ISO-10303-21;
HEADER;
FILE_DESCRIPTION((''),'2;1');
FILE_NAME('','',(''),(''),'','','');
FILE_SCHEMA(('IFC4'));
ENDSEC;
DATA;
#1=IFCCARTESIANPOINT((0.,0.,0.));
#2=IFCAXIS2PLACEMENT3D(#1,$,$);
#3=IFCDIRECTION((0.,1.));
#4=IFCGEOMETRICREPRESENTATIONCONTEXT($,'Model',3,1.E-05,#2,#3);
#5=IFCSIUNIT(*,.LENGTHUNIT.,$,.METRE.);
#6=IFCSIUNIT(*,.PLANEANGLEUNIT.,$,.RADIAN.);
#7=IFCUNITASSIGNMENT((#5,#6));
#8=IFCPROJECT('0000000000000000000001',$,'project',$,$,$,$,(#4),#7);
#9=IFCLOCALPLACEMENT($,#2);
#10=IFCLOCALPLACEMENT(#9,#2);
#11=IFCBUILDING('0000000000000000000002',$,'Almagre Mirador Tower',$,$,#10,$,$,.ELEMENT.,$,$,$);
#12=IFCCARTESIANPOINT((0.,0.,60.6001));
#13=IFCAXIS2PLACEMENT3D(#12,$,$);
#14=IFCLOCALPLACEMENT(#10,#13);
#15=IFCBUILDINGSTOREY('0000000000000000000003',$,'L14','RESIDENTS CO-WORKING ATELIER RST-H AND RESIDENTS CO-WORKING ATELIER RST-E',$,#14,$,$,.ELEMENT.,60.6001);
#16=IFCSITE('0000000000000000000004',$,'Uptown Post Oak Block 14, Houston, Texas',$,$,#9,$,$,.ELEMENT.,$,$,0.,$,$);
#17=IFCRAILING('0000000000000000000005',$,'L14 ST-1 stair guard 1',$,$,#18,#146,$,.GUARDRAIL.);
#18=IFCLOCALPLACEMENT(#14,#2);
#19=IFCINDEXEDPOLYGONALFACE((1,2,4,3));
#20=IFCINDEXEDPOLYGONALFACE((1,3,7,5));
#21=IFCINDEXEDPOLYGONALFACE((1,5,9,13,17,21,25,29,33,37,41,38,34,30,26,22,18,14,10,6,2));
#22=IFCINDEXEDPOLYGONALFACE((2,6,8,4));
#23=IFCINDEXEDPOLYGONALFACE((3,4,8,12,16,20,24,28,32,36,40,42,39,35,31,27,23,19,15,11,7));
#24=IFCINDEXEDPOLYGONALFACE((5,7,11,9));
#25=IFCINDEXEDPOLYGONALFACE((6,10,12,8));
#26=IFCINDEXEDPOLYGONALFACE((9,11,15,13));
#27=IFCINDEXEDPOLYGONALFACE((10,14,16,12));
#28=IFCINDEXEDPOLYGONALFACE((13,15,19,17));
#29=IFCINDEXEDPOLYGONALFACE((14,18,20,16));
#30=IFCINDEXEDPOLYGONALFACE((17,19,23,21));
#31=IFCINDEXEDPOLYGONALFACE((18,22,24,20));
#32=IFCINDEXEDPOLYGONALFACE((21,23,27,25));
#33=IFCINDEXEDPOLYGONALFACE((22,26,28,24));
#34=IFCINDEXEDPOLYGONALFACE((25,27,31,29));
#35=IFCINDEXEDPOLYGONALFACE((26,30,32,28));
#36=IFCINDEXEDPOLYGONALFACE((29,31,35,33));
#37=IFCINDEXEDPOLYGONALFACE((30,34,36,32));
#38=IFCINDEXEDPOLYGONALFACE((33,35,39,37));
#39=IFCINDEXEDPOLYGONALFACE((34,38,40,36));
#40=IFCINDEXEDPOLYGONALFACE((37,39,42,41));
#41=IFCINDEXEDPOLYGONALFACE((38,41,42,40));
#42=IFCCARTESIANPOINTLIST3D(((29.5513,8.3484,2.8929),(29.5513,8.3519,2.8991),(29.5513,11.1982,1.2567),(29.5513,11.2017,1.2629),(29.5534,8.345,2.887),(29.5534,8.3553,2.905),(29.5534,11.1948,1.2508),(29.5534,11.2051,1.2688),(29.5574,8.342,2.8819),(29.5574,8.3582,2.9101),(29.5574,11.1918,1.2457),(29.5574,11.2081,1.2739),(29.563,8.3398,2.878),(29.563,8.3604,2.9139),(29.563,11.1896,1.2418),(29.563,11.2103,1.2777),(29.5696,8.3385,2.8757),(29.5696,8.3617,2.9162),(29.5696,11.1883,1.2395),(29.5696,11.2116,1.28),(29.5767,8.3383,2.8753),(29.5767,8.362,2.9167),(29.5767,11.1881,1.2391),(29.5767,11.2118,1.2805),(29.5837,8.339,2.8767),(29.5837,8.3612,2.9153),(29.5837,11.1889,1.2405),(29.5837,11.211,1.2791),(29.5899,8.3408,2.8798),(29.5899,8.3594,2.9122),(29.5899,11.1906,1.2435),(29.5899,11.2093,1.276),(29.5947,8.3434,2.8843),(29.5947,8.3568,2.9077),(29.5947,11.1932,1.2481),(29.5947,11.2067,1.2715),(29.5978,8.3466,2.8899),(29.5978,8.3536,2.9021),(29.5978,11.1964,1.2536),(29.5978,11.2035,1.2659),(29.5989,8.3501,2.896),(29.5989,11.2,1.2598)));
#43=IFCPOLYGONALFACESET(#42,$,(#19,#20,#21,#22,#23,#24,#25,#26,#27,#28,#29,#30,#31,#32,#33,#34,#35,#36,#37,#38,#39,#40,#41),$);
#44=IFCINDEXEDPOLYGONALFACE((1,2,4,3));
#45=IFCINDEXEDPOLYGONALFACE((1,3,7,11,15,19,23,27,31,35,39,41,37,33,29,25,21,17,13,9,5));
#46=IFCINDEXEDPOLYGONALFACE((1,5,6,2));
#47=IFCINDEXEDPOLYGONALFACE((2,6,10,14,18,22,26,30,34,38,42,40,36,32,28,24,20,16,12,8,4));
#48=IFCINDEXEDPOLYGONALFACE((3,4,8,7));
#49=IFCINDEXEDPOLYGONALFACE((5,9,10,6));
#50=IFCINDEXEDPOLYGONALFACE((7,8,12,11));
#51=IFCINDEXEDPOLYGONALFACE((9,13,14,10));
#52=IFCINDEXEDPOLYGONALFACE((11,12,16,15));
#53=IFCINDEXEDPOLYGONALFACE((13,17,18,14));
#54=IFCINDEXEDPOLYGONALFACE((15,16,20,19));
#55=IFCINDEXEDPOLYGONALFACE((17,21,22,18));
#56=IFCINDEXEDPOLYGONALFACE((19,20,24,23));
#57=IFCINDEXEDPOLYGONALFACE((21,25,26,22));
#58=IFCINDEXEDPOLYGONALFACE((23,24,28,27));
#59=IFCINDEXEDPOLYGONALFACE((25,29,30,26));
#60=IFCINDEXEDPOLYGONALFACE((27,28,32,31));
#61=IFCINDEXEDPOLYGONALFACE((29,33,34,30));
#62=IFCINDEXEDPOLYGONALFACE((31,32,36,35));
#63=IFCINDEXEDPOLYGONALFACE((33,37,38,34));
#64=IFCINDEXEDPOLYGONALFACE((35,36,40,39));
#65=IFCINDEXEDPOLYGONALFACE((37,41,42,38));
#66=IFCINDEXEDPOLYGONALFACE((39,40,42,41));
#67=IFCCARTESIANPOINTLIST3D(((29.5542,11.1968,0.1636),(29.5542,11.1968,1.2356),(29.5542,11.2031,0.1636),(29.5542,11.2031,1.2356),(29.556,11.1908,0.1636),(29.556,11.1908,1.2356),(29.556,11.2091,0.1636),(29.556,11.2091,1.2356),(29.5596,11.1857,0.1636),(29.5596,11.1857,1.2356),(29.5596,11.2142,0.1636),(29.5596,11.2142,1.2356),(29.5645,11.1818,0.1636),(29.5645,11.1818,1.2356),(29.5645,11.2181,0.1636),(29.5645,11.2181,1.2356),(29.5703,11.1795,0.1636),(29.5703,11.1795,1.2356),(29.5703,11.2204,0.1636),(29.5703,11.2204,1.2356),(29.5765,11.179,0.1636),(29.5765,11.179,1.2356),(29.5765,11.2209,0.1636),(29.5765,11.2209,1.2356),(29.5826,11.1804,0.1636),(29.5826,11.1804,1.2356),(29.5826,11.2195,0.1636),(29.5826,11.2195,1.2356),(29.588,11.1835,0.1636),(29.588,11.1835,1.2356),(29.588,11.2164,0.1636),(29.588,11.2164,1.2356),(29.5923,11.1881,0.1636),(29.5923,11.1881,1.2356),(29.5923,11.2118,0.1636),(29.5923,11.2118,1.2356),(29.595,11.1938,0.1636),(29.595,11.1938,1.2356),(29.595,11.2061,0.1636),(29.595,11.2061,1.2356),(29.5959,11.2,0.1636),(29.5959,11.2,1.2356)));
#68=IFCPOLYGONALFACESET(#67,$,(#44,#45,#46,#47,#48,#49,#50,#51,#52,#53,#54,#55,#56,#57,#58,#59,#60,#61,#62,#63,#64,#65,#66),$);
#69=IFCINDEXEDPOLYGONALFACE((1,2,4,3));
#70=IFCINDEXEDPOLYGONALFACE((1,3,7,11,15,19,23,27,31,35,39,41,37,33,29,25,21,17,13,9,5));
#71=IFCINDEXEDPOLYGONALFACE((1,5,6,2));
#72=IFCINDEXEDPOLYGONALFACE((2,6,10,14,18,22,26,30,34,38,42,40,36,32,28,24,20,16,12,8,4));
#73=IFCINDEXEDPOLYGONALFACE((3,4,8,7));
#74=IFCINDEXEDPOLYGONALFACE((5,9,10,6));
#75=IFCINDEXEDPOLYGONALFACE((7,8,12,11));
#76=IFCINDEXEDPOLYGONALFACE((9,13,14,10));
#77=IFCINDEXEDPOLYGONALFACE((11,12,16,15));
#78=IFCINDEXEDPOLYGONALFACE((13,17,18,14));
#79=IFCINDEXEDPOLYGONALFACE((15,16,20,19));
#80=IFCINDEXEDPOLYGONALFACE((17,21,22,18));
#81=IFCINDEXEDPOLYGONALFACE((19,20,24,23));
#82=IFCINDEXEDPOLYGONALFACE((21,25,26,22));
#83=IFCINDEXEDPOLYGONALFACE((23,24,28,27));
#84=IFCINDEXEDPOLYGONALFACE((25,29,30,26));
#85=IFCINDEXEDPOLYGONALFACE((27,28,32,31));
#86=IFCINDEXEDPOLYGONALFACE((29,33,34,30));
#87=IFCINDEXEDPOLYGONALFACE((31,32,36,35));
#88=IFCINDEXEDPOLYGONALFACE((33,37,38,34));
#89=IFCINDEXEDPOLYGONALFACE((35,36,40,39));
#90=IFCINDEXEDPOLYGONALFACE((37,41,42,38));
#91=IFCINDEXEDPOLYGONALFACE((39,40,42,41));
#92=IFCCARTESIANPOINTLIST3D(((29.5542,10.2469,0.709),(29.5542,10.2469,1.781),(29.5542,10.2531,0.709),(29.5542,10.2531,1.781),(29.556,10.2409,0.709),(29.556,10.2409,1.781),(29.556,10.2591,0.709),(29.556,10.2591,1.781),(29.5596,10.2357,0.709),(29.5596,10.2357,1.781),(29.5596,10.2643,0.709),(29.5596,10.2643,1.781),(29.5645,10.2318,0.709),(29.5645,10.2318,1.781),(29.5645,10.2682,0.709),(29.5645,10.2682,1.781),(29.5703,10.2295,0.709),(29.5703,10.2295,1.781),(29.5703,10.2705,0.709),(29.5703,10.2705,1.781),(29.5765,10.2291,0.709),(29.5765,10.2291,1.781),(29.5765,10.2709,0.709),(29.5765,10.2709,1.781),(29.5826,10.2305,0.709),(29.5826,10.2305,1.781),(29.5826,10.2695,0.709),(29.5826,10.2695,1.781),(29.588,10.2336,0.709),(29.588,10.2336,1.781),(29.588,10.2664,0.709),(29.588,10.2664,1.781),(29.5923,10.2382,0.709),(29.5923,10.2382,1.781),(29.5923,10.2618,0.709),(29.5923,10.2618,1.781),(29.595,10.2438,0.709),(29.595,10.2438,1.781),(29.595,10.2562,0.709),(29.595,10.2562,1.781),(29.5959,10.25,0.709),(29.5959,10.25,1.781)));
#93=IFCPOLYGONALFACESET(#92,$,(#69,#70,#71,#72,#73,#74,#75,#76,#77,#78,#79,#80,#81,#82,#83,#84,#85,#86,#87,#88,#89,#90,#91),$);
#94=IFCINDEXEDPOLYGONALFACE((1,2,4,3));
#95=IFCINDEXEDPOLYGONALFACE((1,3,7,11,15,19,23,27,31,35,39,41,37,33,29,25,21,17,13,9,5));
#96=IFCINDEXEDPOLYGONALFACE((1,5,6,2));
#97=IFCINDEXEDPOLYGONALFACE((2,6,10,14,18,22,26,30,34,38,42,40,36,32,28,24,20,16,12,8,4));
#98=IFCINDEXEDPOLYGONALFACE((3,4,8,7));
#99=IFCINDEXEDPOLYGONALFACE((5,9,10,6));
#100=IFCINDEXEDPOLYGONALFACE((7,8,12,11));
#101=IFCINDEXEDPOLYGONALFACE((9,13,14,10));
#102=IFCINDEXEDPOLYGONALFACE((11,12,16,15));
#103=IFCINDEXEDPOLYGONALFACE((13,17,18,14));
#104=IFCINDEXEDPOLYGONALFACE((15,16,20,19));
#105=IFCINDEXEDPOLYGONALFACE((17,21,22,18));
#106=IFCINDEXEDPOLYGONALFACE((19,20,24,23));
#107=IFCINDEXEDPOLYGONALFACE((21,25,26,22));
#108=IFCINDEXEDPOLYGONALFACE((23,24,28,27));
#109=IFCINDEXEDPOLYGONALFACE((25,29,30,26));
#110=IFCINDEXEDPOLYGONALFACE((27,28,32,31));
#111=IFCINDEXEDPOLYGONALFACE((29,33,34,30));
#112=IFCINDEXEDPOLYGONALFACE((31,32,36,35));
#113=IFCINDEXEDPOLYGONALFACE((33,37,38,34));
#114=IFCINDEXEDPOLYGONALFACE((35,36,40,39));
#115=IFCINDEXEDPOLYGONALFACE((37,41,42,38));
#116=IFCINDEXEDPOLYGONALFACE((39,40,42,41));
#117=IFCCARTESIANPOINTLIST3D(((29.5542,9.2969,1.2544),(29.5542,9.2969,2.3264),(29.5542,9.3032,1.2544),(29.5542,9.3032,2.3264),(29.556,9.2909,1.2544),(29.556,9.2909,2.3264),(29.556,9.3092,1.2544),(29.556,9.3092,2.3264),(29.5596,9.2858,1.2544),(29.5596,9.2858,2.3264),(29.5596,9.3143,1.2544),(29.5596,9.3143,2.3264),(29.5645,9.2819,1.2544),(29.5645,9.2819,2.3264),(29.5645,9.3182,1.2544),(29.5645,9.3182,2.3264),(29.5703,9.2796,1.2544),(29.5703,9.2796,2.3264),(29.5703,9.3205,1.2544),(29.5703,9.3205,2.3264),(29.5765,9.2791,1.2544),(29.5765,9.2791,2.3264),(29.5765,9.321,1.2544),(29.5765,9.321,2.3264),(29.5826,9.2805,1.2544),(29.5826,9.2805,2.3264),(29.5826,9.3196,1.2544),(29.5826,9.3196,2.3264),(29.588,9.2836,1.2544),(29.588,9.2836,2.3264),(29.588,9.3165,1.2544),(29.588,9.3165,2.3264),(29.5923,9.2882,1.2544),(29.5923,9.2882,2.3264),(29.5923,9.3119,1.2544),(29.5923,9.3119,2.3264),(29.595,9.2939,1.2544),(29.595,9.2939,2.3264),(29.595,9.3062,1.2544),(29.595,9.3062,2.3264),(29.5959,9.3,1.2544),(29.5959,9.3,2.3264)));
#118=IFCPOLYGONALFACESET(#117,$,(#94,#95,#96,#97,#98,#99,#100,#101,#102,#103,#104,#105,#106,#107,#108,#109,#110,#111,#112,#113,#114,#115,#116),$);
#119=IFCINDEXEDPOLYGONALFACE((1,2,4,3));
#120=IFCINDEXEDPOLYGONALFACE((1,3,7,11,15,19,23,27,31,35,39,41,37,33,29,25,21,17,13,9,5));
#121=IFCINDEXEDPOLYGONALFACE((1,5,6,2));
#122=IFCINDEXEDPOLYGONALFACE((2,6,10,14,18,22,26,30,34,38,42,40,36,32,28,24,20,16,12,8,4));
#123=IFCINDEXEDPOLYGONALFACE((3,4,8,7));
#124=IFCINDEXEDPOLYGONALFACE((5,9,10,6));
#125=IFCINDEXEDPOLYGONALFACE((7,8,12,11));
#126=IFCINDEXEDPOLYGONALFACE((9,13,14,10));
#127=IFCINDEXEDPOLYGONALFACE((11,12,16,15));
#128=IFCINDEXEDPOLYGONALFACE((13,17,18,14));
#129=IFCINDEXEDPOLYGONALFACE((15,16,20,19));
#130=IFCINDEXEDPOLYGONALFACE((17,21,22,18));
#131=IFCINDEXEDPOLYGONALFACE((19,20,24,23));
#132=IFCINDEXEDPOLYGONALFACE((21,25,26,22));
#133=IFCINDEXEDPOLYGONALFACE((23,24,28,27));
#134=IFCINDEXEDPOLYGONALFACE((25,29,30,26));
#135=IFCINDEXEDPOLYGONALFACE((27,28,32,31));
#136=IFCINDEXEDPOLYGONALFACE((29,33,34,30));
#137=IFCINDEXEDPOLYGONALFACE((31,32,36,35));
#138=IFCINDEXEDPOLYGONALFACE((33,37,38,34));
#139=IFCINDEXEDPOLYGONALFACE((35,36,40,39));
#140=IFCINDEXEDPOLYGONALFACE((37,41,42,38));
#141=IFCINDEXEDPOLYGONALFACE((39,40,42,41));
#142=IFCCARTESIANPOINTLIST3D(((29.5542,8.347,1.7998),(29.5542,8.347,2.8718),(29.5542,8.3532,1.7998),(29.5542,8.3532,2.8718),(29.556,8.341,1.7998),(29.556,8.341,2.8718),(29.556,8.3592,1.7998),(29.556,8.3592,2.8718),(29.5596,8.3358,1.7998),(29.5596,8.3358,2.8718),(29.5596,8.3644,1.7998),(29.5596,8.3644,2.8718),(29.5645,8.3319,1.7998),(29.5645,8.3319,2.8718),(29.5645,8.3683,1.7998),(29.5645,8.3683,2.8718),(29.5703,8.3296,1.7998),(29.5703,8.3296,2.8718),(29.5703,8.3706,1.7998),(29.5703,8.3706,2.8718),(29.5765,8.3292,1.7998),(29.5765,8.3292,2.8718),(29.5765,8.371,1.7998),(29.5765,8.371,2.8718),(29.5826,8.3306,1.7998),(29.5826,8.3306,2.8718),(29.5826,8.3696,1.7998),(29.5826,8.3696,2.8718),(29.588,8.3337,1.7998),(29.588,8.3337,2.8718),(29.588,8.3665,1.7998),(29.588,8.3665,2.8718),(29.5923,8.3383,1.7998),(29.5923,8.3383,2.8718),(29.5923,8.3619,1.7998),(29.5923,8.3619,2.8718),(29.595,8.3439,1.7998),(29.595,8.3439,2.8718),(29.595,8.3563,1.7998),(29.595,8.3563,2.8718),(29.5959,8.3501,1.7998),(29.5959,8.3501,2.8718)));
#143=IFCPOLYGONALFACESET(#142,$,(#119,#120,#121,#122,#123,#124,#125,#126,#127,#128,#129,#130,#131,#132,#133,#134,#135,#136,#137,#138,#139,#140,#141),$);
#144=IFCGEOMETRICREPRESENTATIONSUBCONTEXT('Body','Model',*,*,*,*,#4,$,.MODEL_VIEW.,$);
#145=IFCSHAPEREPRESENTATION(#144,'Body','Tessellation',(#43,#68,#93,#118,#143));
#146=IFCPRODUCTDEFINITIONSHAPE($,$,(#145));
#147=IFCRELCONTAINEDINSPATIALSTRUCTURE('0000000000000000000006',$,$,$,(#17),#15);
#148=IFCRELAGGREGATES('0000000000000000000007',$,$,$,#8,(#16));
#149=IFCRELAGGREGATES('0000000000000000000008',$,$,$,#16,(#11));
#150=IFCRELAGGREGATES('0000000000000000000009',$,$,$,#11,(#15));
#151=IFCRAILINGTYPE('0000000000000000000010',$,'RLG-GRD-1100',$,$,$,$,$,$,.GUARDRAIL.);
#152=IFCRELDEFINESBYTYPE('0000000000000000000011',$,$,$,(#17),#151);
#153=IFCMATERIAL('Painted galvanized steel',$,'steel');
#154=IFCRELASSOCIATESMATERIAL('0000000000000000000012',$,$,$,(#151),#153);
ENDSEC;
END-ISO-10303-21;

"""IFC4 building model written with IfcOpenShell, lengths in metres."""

from ifc_helpers import new_model, si_unit, direction, frame, origin, origin_2d, place, context, subcontext, project, spatial, circle, extrude, material, type_object, element, save


model = new_model("IFC4")

# Units and contexts
model_context = context("Model", 3, precision=1e-05, world=origin(), true_north=direction((0.0, 1.0)))
body_context = subcontext(model_context, "Body", "Model", "MODEL_VIEW")
ifc_project = project(units=[si_unit("LENGTHUNIT", "METRE"), si_unit("PLANEANGLEUNIT", "RADIAN")], contexts=[model_context])

# Site, building, storey
site_placement = place(None, origin())
site = spatial("IfcSite", under=ifc_project, at=site_placement, Name="Uptown Post Oak Block 14, Houston, Texas", CompositionType="ELEMENT", RefElevation=0.0)
building_placement = place(site_placement, origin())
building = spatial("IfcBuilding", under=site, at=building_placement, Name="Almagre Mirador Tower", CompositionType="ELEMENT")
storey_placement = place(building_placement, frame((0.0, 0.0, 60.6001)))
storey = spatial("IfcBuildingStorey", under=building, at=storey_placement, Name="L14", Description="RESIDENTS CO-WORKING ATELIER RST-H AND RESIDENTS CO-WORKING ATELIER RST-E", CompositionType="ELEMENT", Elevation=60.6001)

# Railing
ifc_material_1 = material(Name="Painted galvanized steel", Category="steel")
railing_type_1 = type_object("IfcRailingType", Name="RLG-GRD-1100", PredefinedType="GUARDRAIL", material=ifc_material_1)
railing_1_placement = place(storey_placement, frame((29.575, 11.2, 0.1636)))
element("IfcRailing", 1, at=railing_1_placement, inside=storey, type_object=railing_type_1, Name="L14 ST-1 stair guard 1", PredefinedType="GUARDRAIL", context=body_context, shape_type="SweptSolid", body=[
    extrude(circle(Radius=0.0239, at=origin_2d()), frame((0.0, 0.0, 1.0962), z_axis=(0.0, -0.867226, 0.497914), x_axis=(1.0, 0.0, 0.0)), (0.0, 0.0, 1.0), 3.2861),
    extrude(circle(Radius=0.021, at=origin_2d()), origin(), (0.0, 0.0, 1.0), 1.072),
    extrude(circle(Radius=0.021, at=origin_2d()), frame((0.0, -0.95, 0.5454)), (0.0, 0.0, 1.0), 1.072),
    extrude(circle(Radius=0.021, at=origin_2d()), frame((0.0, -1.8999, 1.0908)), (0.0, 0.0, 1.0), 1.072),
    extrude(circle(Radius=0.021, at=origin_2d()), frame((0.0, -2.8499, 1.6362)), (0.0, 0.0, 1.0), 1.072),
])

save(model, "model.ifc")
